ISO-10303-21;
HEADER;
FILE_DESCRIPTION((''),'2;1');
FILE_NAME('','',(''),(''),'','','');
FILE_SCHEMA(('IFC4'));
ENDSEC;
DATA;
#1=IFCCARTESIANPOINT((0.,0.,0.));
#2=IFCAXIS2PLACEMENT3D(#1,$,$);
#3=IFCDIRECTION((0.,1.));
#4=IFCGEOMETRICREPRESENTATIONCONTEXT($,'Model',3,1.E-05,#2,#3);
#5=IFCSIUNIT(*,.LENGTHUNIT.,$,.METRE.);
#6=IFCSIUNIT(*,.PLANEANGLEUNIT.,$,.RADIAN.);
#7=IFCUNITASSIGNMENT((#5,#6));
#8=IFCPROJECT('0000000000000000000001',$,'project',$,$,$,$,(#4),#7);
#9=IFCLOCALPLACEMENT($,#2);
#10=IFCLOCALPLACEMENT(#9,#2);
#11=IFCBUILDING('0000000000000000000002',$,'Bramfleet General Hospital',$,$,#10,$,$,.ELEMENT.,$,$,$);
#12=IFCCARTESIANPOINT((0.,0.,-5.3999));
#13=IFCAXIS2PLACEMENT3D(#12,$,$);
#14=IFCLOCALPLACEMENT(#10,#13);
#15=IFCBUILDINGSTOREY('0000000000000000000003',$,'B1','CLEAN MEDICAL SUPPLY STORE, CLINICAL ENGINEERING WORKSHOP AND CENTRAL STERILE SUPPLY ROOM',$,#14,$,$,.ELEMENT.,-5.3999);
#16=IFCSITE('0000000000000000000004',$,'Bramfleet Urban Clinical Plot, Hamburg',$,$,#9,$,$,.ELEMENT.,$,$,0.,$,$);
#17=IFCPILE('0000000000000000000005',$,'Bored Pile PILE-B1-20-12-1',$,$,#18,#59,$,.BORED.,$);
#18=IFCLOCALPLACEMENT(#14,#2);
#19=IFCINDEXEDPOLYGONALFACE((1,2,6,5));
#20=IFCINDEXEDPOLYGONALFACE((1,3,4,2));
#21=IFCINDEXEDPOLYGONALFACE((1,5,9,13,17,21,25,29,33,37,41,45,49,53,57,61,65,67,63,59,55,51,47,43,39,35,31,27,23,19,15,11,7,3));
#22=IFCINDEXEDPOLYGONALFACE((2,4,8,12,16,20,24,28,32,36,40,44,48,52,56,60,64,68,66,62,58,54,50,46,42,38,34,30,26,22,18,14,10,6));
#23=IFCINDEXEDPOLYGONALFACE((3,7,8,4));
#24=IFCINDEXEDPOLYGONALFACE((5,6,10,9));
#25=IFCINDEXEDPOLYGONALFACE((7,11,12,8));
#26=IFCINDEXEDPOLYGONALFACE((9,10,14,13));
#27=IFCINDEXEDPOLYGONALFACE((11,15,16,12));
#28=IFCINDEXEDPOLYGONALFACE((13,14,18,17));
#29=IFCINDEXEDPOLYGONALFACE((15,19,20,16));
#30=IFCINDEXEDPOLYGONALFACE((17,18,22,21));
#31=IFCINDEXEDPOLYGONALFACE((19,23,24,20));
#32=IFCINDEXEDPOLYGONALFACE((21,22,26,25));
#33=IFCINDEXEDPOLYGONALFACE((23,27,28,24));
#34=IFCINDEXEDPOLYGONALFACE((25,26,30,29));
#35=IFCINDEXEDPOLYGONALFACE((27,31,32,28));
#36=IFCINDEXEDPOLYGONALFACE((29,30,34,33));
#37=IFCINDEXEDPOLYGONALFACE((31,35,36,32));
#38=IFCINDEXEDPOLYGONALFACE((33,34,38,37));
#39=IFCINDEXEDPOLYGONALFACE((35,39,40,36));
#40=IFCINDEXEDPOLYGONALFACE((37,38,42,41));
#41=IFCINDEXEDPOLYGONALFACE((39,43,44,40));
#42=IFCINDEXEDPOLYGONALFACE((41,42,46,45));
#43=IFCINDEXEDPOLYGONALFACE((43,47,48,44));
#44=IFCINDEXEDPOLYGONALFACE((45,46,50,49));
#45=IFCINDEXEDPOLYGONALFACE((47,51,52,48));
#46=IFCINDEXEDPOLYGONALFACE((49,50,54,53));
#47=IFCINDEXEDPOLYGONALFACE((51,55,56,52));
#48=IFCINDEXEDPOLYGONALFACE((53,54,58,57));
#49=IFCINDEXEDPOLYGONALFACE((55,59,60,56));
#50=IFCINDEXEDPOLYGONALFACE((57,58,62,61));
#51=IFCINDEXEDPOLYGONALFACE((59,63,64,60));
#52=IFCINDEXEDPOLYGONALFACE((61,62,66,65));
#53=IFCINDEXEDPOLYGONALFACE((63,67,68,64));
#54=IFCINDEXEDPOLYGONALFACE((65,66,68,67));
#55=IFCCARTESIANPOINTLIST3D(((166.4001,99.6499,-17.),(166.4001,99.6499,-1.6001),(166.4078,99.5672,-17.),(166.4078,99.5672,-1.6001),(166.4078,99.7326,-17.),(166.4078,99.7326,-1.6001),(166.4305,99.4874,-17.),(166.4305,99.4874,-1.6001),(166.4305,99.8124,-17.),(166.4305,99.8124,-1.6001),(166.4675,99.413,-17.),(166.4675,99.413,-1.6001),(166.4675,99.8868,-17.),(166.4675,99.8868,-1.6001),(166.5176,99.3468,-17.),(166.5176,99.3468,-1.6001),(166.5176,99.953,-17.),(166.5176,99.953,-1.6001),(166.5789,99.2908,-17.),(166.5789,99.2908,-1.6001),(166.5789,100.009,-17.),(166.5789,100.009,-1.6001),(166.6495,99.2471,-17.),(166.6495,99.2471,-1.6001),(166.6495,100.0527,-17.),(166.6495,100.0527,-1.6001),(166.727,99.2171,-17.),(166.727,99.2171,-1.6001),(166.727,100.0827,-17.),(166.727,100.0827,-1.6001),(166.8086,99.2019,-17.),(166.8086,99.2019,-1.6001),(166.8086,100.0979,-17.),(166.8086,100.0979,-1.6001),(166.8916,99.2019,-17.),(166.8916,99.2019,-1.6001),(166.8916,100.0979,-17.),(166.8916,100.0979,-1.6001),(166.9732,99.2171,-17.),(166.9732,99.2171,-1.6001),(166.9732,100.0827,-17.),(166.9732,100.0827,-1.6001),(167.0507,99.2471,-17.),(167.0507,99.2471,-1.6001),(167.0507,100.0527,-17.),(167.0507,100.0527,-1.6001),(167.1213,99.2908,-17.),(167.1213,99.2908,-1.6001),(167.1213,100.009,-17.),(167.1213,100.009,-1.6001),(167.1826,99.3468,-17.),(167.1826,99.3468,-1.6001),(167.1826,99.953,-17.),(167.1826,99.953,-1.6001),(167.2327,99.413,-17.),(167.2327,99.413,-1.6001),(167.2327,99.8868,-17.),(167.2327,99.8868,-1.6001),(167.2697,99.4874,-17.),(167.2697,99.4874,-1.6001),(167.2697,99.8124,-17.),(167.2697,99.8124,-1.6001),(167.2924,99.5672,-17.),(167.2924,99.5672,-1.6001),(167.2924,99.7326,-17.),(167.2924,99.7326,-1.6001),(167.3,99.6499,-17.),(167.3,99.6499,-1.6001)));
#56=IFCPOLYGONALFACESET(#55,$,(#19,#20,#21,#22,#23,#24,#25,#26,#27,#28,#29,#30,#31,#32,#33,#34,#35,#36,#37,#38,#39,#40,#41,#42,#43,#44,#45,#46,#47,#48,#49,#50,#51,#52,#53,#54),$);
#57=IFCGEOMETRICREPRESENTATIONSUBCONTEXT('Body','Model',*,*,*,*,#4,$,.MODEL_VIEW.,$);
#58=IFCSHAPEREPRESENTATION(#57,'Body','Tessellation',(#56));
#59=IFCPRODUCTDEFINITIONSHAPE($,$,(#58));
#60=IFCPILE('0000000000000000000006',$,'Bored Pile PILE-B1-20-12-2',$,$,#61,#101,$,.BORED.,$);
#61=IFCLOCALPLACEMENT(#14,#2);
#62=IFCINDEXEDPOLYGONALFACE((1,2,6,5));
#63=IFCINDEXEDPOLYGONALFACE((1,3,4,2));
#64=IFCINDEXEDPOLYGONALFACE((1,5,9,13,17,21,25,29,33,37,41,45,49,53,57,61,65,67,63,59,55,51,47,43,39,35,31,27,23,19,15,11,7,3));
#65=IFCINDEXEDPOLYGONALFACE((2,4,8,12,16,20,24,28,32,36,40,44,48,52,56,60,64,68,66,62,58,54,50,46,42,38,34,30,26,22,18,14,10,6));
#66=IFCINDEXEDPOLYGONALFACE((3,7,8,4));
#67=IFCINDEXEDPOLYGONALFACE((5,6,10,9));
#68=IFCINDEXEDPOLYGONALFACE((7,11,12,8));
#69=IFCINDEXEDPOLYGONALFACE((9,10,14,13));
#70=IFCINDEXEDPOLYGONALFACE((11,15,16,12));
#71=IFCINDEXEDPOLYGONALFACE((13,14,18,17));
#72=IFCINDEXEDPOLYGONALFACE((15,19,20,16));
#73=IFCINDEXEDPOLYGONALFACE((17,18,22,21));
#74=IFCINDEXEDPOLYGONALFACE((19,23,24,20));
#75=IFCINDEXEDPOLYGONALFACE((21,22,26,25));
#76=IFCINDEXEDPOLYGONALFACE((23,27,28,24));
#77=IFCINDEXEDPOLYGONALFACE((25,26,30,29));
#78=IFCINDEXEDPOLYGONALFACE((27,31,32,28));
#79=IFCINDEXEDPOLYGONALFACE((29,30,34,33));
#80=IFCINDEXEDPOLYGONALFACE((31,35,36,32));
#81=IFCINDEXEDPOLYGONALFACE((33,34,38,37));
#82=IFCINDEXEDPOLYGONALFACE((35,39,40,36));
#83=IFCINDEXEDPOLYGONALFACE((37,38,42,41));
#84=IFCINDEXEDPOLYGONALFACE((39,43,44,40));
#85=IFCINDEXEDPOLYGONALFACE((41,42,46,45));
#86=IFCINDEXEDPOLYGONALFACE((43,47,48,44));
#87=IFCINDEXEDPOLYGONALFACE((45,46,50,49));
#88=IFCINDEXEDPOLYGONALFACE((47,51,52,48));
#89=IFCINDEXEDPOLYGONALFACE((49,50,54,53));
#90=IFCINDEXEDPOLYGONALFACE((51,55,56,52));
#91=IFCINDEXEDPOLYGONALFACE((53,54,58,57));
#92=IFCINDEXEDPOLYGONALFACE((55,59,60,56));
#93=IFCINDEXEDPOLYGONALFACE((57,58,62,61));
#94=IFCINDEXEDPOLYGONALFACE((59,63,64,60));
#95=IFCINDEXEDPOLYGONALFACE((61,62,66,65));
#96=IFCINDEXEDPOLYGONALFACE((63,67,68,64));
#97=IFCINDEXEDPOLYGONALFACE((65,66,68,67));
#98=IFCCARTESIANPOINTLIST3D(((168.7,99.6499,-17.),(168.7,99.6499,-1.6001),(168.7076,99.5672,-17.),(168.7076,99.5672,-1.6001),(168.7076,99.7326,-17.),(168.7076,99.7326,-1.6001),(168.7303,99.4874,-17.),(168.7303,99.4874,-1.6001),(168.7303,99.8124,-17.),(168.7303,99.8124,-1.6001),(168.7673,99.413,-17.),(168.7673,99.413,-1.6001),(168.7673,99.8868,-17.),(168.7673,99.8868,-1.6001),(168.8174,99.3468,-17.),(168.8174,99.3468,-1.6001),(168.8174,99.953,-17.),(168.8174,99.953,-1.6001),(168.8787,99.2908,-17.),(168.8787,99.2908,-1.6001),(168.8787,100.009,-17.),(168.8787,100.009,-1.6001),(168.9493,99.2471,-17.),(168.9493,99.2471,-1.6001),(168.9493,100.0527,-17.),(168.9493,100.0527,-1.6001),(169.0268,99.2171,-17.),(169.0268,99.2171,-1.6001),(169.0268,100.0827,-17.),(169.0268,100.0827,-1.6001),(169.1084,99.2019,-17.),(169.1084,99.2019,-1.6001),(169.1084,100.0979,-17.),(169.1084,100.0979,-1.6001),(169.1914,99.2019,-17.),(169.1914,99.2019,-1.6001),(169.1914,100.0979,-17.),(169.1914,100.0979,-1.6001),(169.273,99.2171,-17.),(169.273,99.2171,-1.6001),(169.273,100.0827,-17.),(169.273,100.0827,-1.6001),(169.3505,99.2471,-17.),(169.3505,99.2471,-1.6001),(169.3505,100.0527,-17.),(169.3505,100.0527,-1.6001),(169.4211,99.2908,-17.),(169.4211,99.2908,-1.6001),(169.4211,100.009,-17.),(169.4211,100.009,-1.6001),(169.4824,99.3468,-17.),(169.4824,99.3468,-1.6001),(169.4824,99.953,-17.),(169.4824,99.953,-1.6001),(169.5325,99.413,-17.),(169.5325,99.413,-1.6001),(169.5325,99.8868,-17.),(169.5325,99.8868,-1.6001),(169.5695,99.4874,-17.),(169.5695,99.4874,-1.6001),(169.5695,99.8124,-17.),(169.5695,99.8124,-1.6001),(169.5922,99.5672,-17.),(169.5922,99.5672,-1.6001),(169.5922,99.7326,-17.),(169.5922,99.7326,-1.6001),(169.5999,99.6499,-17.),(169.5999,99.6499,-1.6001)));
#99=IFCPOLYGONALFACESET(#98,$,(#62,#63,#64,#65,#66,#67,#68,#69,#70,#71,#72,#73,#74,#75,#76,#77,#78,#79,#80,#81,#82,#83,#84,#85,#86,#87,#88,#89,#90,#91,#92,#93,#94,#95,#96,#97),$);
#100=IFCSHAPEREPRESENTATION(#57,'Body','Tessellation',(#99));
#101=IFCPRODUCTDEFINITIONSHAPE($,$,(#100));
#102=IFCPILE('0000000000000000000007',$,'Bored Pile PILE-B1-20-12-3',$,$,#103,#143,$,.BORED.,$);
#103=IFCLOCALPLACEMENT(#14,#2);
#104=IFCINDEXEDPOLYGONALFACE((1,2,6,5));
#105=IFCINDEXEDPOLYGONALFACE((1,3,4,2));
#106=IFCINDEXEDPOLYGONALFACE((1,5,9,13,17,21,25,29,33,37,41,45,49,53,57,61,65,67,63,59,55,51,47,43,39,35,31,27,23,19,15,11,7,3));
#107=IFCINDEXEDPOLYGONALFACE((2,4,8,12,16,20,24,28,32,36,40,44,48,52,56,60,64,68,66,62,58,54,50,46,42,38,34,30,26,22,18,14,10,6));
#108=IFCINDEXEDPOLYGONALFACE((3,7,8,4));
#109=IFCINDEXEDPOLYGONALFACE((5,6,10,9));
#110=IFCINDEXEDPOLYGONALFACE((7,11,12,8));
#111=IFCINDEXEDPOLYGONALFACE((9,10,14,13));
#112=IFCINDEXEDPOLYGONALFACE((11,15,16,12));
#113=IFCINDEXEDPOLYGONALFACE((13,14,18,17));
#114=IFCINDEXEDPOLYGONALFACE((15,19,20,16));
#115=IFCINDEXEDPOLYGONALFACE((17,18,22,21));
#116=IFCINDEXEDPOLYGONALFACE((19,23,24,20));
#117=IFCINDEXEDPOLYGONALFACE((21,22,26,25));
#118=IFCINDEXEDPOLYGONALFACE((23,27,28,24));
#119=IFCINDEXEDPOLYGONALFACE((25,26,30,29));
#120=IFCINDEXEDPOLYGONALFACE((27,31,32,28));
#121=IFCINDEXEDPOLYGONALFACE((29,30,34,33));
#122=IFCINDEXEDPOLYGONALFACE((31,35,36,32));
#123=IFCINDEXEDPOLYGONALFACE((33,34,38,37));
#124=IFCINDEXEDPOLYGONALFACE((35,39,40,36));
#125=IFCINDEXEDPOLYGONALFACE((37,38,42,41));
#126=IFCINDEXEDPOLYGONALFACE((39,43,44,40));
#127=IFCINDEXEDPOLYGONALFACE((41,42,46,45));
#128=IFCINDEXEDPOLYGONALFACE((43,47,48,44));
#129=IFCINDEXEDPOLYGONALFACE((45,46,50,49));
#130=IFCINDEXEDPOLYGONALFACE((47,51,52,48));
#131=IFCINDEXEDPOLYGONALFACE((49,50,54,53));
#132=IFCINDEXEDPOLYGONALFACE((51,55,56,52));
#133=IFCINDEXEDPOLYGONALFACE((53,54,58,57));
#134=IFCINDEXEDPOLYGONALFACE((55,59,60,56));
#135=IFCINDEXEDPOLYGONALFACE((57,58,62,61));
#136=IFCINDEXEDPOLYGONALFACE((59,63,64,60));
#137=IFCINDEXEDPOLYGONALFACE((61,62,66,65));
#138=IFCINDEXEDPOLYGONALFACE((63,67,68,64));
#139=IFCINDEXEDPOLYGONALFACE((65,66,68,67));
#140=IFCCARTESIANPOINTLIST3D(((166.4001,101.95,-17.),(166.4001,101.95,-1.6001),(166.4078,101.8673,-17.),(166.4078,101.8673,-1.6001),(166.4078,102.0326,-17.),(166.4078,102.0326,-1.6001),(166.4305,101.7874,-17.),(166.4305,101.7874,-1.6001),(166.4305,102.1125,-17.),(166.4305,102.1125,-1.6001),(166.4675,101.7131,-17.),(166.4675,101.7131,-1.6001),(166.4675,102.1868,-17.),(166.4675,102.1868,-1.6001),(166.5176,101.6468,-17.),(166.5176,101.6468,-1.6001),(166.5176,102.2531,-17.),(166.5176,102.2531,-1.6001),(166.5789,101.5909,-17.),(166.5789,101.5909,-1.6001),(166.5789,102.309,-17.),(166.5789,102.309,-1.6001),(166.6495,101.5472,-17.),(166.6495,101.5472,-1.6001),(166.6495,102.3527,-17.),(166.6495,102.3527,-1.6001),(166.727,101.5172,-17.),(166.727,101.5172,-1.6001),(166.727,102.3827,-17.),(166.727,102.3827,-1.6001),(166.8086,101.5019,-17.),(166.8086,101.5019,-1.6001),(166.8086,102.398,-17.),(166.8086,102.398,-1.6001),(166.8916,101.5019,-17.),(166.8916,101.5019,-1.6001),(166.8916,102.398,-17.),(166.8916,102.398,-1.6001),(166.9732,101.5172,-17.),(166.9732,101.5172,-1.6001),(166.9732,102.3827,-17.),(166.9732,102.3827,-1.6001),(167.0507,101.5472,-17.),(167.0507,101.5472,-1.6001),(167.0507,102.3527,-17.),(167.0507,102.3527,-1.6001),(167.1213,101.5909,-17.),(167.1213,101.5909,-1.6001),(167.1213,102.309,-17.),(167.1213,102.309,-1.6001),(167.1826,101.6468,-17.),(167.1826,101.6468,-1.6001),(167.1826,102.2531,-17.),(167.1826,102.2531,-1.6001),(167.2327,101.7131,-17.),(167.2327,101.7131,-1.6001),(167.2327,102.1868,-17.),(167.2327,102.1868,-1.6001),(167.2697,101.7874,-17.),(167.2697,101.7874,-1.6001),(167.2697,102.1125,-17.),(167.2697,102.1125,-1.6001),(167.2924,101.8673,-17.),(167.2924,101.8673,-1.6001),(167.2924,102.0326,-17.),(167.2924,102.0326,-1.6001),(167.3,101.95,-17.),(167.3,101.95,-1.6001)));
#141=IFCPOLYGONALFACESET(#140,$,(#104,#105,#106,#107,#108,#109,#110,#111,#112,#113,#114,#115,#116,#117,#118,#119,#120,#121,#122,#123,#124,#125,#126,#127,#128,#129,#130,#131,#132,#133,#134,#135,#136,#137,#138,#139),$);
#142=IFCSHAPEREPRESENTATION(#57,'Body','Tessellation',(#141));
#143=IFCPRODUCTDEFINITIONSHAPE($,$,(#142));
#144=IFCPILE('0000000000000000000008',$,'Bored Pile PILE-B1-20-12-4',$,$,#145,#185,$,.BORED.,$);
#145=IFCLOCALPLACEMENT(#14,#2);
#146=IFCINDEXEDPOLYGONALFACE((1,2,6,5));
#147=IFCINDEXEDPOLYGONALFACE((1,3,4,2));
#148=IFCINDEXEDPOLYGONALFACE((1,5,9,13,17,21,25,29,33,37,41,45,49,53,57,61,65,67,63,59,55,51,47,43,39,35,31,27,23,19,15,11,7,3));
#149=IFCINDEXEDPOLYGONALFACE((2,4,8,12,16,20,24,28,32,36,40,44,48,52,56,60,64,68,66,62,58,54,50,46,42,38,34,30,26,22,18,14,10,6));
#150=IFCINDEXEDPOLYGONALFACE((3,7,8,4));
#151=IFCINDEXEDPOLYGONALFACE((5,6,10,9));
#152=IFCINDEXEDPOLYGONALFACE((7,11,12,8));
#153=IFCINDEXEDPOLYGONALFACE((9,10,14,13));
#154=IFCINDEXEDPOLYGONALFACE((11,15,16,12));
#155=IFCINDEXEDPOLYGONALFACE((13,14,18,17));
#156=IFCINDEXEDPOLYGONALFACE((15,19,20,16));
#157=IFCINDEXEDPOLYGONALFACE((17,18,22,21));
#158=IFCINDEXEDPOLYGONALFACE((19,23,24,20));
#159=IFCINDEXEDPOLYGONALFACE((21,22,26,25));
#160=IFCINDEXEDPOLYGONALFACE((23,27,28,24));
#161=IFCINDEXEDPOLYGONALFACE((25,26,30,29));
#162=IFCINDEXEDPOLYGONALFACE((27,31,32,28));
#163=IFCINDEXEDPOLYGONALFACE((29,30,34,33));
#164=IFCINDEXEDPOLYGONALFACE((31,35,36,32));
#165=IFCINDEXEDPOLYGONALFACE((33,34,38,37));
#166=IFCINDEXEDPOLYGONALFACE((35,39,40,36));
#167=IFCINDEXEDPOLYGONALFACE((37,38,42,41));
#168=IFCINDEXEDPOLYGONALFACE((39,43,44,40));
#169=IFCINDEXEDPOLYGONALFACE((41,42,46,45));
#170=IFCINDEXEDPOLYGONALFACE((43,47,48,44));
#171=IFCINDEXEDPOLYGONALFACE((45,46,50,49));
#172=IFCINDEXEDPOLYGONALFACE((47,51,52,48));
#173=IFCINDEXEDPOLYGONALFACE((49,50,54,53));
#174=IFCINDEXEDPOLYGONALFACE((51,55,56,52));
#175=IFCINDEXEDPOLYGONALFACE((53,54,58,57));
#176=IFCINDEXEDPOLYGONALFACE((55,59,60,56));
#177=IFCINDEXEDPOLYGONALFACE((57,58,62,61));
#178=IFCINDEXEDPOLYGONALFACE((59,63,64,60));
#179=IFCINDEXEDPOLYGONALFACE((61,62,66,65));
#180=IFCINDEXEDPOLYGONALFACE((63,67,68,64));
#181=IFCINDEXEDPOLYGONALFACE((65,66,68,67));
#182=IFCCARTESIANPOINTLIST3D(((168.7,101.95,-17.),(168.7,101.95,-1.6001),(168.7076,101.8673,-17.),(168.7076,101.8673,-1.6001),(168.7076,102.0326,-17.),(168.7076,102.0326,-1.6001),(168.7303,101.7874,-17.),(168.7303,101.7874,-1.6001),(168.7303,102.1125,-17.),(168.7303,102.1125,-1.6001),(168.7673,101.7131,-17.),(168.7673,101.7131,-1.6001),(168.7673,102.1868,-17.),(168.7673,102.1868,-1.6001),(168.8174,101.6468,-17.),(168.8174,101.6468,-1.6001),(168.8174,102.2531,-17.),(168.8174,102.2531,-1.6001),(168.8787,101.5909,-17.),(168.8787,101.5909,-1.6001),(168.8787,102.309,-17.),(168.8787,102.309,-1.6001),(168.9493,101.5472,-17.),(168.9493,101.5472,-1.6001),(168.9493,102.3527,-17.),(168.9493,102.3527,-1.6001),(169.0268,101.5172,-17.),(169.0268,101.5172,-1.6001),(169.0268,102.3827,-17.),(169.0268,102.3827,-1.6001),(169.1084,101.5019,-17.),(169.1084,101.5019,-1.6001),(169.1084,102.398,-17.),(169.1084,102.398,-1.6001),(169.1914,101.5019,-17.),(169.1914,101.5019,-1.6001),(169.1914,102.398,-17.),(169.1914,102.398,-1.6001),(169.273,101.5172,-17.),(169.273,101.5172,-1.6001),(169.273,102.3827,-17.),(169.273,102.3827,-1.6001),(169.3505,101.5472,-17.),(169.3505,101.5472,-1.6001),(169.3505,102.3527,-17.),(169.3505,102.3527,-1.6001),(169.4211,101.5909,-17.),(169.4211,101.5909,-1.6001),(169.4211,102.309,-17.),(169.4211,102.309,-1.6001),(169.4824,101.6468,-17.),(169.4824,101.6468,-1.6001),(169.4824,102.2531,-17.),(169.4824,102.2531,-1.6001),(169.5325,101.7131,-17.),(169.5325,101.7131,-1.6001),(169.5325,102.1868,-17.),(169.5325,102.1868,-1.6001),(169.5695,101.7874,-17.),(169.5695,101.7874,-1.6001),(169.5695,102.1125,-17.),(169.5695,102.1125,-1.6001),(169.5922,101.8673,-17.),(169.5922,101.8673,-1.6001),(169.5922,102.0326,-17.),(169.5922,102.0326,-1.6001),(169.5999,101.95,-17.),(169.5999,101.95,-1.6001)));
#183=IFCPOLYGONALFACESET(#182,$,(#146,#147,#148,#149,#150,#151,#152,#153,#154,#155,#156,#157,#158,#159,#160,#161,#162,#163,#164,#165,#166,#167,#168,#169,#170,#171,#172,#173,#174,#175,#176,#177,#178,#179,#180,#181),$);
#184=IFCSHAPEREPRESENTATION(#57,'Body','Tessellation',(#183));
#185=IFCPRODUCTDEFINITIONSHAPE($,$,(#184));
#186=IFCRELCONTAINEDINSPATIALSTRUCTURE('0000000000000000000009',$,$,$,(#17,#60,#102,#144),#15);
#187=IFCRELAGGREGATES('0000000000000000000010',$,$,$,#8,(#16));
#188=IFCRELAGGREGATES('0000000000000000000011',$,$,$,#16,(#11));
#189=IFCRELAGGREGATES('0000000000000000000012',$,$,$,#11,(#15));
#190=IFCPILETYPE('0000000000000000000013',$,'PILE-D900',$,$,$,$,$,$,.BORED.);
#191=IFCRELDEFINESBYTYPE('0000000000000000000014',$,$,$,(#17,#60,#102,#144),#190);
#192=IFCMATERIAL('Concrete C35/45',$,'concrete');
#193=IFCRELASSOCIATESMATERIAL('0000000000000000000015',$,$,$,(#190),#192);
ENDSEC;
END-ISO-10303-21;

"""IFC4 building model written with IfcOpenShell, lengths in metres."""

from ifc_helpers import new_model, si_unit, direction, frame, origin, origin_2d, place, context, subcontext, project, spatial, circle, extrude, material, material_profile, profile_set, type_object, element, save


model = new_model("IFC4")

# Units and contexts
model_context = context("Model", 3, precision=1e-05, world=origin(), true_north=direction((0.0, 1.0)))
body_context = subcontext(model_context, "Body", "Model", "MODEL_VIEW")
ifc_project = project(units=[si_unit("LENGTHUNIT", "METRE"), si_unit("PLANEANGLEUNIT", "RADIAN")], contexts=[model_context])

# Site, building, storey
site_placement = place(None, origin())
site = spatial("IfcSite", under=ifc_project, at=site_placement, Name="Bramfleet Urban Clinical Plot, Hamburg", CompositionType="ELEMENT", RefElevation=0.0)
building_placement = place(site_placement, origin())
building = spatial("IfcBuilding", under=site, at=building_placement, Name="Bramfleet General Hospital", CompositionType="ELEMENT")
storey_placement = place(building_placement, frame((0.0, 0.0, -5.3999)))
storey = spatial("IfcBuildingStorey", under=building, at=storey_placement, Name="B1", Description="CLEAN MEDICAL SUPPLY STORE, CLINICAL ENGINEERING WORKSHOP AND CENTRAL STERILE SUPPLY ROOM", CompositionType="ELEMENT", Elevation=-5.3999)

# Shared definitions
ifc_material_1 = material(Name="Concrete C35/45", Category="concrete")

# Piles
ifc_material_profile_1 = material_profile(ifc_material_1, circle(Radius=0.45, at=origin_2d()), Name="PILE BORED D900")
ifc_profile_set_1 = profile_set([ifc_material_profile_1], Name="Concrete C35/45")
pile_type = type_object("IfcPileType", Name="PILE-D900", PredefinedType="BORED", material=ifc_profile_set_1)
for number, where, z_axis, x_axis, name in (
    (1, (166.8501, 99.6499, -1.6001), (0.0, 0.0, -1.0), (1.0, 0.0, 0.0), "Bored Pile PILE-B1-20-12-1"),
    (2, (169.1499, 99.6499, -1.6001), (0.0, 0.0, -1.0), (1.0, 0.0, 0.0), "Bored Pile PILE-B1-20-12-2"),
    (3, (166.8501, 101.95, -1.6001), (0.0, 0.0, -1.0), (1.0, 0.0, 0.0), "Bored Pile PILE-B1-20-12-3"),
    (4, (169.1499, 101.95, -1.6001), (0.0, 0.0, -1.0), (1.0, 0.0, 0.0), "Bored Pile PILE-B1-20-12-4"),
):
    element("IfcPile", number, at=place(storey_placement, frame(where, z_axis=z_axis, x_axis=x_axis)), inside=storey, type_object=pile_type, Name=name, PredefinedType="BORED", context=body_context, shape_type="SweptSolid", body=[
        extrude(circle(Radius=0.45, at=origin_2d()), origin(), (0.0, 0.0, 1.0), 15.3999),
    ])

save(model, "model.ifc")
